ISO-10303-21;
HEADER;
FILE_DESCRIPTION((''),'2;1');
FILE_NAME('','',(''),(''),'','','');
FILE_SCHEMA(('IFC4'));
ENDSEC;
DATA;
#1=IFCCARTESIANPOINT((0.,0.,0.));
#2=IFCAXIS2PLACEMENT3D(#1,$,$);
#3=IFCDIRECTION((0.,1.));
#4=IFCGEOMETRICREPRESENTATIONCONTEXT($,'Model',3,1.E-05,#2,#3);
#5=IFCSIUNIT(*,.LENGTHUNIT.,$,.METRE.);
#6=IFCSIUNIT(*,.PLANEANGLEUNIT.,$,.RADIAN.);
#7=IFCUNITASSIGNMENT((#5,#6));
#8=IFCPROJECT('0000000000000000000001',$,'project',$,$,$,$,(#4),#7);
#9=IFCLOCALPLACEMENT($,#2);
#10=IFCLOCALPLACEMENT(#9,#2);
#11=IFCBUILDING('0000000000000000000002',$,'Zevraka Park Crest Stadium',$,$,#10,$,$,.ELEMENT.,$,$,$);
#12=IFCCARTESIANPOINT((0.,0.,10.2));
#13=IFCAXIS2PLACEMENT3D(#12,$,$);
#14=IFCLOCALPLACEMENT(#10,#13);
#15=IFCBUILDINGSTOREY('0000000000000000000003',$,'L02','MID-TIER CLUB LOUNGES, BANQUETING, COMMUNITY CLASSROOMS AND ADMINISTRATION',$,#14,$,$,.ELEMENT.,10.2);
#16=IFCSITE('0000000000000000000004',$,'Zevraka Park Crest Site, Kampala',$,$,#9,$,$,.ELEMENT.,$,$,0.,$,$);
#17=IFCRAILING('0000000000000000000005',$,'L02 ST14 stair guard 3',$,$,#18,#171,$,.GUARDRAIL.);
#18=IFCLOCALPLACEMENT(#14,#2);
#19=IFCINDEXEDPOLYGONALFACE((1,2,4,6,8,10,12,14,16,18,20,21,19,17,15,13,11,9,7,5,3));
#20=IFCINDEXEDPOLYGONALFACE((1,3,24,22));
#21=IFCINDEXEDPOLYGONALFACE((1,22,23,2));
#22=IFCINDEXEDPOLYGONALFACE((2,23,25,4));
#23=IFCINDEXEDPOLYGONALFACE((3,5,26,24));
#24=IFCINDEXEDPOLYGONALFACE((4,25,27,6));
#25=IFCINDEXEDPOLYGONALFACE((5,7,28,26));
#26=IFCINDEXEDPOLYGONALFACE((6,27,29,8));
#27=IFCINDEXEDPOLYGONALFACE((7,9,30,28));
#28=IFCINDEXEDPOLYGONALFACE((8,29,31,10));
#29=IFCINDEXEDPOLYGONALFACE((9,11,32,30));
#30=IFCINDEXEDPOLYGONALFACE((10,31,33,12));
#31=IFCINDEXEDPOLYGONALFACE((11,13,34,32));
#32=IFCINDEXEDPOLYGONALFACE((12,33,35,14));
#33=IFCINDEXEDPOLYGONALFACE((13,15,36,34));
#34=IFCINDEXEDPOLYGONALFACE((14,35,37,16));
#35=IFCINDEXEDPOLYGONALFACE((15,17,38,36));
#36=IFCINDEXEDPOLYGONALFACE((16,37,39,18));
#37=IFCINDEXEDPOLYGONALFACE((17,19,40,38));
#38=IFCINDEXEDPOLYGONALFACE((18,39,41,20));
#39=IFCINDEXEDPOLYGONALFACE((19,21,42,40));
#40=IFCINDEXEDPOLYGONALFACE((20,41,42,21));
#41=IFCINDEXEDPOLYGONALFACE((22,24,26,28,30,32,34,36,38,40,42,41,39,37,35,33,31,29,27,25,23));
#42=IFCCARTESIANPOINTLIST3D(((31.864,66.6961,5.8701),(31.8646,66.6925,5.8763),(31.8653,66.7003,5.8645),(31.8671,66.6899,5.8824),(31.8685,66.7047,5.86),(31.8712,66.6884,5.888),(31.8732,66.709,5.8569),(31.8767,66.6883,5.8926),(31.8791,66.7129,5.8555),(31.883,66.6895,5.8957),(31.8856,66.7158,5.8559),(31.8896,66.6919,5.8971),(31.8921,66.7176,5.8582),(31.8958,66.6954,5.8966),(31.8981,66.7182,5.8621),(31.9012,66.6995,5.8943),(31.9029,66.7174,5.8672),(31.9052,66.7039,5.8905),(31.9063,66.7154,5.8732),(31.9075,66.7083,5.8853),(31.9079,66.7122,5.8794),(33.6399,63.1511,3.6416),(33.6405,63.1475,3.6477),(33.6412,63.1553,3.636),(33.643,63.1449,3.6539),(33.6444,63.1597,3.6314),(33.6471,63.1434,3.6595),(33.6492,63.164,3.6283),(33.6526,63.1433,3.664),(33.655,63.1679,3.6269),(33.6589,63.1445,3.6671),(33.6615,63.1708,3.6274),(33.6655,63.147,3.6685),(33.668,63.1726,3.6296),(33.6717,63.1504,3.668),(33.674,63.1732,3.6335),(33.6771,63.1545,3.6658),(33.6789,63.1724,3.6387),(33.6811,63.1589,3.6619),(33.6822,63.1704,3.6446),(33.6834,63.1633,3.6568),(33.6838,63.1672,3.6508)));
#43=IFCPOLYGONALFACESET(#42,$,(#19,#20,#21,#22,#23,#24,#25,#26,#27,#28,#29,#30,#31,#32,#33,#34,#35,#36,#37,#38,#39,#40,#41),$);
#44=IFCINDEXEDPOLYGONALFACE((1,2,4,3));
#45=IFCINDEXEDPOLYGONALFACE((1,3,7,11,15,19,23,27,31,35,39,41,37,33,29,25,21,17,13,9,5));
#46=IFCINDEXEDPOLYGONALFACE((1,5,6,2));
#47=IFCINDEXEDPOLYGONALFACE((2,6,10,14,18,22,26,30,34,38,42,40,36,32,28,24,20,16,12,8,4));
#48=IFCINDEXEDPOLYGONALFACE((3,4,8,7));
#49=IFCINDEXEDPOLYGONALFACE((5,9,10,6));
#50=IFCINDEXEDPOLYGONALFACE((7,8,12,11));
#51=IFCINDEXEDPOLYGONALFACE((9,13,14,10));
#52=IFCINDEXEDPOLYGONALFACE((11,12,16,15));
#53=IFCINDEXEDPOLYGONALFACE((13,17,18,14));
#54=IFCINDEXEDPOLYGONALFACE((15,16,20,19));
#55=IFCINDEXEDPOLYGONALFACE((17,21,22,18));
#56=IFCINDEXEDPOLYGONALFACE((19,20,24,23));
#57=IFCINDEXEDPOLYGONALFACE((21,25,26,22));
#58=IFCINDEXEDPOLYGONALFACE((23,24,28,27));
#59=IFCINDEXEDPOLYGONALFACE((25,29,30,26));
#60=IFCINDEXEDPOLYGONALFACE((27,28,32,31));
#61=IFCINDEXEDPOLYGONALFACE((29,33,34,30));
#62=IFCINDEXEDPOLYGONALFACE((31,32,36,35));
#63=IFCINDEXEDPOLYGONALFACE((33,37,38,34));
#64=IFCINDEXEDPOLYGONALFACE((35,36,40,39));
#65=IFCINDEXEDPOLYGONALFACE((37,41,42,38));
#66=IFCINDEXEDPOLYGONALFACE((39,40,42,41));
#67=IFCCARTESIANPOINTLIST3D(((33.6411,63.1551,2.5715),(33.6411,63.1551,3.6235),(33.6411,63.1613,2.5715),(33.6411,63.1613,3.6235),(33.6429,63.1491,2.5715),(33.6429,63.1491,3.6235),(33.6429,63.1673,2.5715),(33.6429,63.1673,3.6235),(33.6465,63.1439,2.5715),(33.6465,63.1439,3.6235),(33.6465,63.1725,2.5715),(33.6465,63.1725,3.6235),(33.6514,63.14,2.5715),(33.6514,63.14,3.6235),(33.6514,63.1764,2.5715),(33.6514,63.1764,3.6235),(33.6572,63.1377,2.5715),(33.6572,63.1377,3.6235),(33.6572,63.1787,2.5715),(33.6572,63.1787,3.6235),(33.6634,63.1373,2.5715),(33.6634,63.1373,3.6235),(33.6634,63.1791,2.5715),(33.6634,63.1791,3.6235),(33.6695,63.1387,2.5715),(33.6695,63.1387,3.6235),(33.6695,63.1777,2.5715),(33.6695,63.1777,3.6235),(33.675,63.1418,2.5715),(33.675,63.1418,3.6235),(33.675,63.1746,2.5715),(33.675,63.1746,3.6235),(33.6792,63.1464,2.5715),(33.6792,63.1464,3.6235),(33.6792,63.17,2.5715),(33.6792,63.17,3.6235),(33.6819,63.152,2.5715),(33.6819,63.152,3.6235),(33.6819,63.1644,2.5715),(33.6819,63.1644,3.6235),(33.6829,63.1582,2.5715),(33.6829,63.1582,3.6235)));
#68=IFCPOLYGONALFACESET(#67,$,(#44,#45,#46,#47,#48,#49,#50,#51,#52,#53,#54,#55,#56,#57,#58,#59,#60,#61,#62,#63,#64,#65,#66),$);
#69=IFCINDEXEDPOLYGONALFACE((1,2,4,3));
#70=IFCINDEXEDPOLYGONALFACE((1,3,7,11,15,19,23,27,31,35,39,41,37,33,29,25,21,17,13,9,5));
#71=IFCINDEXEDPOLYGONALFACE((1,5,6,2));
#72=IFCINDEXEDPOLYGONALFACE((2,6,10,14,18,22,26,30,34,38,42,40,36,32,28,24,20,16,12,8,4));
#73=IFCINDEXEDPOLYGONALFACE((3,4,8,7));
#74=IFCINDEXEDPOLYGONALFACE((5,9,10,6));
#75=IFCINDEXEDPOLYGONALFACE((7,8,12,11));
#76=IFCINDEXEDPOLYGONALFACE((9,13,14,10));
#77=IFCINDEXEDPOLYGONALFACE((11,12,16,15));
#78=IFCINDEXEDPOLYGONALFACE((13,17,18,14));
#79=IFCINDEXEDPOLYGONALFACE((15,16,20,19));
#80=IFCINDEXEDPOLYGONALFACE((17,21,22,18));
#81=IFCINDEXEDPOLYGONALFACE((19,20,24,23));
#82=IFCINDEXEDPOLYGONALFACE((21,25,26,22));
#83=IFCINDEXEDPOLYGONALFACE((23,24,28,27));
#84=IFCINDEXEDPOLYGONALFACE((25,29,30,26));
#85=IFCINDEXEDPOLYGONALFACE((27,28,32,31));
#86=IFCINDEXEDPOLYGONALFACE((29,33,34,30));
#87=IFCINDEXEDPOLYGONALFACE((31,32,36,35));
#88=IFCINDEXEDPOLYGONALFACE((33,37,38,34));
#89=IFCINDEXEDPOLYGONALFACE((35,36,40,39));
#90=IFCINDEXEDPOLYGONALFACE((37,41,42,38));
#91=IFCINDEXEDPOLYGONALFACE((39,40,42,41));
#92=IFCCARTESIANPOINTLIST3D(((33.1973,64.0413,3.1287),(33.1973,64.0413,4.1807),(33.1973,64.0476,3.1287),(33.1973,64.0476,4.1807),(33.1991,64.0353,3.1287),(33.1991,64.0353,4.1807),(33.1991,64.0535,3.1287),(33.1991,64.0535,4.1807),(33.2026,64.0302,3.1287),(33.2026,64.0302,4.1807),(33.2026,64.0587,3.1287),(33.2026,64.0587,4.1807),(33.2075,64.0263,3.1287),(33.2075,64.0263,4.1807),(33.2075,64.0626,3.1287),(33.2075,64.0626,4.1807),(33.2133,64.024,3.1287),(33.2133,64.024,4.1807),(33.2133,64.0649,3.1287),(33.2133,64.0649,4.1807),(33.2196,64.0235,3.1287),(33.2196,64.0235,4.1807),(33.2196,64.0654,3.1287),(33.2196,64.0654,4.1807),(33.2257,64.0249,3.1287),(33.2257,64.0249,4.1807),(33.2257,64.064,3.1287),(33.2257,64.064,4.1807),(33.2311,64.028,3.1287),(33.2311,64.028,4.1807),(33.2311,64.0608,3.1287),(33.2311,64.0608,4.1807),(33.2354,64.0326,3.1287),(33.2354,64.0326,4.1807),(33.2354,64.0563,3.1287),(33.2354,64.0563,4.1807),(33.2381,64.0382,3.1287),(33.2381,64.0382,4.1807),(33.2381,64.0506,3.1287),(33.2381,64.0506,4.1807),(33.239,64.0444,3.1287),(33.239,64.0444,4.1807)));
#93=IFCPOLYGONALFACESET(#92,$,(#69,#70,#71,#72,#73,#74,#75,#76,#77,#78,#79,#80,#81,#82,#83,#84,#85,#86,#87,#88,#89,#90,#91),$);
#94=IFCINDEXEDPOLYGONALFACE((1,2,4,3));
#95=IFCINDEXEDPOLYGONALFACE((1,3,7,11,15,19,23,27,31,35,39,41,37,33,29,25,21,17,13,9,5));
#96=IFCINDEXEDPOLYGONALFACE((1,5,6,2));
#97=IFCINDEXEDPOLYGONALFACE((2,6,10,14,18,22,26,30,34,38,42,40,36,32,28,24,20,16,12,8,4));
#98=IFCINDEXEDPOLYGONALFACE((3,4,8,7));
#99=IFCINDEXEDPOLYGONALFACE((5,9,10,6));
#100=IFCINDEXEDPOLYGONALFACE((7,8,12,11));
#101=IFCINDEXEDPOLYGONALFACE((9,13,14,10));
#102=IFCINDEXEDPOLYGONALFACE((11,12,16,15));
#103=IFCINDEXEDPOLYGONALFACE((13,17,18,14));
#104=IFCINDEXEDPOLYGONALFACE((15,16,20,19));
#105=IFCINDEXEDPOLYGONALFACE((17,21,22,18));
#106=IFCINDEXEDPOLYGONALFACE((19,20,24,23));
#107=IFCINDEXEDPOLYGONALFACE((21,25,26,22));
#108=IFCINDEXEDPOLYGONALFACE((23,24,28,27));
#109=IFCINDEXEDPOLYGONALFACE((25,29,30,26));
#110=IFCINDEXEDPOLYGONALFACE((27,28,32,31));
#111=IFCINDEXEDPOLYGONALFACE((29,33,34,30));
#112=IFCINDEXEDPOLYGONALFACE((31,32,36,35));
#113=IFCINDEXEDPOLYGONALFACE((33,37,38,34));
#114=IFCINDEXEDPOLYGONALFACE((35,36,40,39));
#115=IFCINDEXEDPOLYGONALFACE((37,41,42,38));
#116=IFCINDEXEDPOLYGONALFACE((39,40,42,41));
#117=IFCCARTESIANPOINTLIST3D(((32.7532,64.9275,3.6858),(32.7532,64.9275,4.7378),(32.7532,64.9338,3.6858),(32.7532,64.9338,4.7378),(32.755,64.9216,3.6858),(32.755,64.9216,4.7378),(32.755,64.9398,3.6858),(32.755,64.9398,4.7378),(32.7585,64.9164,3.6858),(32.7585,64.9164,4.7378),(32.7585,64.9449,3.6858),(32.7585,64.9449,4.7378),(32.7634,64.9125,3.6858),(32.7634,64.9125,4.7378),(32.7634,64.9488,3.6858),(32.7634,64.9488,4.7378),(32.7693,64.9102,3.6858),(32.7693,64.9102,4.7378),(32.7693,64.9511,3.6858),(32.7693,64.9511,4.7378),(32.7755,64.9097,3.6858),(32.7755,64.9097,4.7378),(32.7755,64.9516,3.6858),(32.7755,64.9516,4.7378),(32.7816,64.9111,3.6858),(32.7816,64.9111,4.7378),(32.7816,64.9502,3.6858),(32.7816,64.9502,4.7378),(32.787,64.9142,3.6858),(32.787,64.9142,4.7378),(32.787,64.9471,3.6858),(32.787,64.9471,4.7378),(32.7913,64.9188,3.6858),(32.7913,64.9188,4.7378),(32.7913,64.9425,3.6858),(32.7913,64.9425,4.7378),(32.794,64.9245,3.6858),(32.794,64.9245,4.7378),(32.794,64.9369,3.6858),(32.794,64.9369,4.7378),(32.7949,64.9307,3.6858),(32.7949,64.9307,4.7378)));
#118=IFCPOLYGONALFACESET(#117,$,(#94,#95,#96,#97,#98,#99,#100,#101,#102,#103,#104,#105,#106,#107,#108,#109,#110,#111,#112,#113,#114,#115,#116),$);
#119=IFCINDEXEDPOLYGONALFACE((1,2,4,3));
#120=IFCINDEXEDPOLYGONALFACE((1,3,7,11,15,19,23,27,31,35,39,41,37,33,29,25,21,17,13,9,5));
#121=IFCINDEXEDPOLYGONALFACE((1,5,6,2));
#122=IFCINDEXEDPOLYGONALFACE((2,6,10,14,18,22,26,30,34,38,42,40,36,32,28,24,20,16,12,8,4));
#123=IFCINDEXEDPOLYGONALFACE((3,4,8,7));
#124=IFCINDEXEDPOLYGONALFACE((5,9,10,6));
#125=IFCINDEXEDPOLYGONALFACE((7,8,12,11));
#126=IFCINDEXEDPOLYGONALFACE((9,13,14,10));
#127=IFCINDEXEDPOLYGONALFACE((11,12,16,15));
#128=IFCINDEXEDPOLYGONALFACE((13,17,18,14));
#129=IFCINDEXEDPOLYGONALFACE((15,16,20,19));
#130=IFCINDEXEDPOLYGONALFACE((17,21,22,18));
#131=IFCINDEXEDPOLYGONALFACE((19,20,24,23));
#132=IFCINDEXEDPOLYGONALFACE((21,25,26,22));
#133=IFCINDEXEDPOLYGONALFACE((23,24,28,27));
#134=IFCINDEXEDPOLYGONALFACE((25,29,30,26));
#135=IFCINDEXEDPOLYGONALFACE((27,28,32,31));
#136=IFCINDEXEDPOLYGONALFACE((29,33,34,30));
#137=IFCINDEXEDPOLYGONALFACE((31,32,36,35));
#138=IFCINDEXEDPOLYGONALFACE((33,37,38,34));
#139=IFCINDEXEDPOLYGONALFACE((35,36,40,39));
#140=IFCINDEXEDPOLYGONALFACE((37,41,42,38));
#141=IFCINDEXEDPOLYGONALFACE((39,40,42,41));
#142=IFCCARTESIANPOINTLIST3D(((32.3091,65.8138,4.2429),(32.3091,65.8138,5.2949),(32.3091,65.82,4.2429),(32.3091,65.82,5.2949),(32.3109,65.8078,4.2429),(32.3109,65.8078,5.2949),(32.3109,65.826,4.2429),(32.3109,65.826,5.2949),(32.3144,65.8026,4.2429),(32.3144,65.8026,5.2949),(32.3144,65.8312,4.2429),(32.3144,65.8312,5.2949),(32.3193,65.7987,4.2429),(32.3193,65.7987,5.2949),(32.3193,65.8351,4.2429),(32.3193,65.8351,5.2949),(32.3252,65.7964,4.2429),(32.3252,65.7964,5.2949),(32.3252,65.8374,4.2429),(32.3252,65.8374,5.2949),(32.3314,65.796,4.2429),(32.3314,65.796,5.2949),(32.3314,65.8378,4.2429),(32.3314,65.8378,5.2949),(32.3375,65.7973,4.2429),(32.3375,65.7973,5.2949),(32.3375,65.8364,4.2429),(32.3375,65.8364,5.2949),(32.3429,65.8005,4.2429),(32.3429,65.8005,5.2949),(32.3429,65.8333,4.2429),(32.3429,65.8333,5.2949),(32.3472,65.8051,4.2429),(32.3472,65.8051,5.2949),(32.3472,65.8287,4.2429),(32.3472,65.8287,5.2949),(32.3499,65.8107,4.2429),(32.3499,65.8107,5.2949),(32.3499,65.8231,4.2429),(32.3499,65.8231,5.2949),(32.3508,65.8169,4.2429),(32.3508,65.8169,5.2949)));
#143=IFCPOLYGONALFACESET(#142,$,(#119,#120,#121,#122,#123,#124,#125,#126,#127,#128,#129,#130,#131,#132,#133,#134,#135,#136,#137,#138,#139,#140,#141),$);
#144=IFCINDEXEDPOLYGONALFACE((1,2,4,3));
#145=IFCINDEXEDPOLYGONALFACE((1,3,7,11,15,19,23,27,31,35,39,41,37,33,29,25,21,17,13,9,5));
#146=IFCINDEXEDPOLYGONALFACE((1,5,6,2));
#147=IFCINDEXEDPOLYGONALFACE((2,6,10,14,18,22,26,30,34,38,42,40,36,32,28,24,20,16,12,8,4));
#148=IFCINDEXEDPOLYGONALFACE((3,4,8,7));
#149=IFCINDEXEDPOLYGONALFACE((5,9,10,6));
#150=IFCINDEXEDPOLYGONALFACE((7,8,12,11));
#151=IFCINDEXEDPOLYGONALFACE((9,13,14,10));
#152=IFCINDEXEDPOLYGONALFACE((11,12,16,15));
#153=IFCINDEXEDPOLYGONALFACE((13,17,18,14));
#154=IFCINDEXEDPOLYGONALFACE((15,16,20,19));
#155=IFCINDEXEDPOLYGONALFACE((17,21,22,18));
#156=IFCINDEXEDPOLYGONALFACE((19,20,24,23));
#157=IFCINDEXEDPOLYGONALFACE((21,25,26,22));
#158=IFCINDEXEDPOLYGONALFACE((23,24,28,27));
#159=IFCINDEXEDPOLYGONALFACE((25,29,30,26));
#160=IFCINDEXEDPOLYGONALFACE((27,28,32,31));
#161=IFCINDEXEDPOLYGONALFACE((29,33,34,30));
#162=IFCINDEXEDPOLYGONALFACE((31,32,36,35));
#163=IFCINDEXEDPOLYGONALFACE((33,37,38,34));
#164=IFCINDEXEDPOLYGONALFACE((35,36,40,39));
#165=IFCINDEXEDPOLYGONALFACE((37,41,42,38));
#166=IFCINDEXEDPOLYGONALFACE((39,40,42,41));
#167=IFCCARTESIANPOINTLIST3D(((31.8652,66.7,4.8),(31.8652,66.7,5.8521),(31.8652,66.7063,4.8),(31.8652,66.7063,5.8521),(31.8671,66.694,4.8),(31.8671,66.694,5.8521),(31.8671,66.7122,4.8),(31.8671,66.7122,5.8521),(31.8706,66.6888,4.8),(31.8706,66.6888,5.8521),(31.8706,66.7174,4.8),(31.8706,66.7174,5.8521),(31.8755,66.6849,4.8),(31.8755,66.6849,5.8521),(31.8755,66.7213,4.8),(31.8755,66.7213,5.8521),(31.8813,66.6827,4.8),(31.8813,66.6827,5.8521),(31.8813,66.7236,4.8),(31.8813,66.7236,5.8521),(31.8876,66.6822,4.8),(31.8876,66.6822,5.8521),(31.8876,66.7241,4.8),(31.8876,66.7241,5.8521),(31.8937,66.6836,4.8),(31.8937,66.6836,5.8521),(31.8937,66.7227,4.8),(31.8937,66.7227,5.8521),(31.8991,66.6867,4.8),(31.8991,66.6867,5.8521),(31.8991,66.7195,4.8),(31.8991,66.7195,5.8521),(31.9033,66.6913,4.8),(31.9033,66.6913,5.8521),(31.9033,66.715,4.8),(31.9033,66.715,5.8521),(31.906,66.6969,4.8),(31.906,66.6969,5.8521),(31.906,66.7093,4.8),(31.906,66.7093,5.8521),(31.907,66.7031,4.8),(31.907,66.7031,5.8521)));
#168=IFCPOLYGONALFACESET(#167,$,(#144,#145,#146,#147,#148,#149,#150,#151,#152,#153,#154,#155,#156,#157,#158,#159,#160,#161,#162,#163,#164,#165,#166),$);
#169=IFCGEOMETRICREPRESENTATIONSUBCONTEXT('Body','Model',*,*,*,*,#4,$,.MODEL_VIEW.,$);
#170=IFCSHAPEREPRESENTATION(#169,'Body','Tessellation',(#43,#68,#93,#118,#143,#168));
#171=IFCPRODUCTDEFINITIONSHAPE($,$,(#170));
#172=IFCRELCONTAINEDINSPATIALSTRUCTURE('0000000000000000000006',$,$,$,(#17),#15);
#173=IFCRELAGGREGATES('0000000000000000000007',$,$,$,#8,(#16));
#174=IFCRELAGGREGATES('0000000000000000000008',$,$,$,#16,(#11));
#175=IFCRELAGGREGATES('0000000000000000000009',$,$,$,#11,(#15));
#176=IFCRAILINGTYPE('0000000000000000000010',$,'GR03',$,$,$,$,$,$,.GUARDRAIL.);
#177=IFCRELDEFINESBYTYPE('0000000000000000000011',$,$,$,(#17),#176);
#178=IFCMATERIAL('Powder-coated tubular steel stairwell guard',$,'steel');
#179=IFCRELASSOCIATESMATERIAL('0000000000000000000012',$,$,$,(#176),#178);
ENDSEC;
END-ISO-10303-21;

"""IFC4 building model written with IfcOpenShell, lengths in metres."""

from ifc_helpers import new_model, si_unit, direction, frame, origin, origin_2d, place, context, subcontext, project, spatial, circle, extrude, material, type_object, element, save


model = new_model("IFC4")

# Units and contexts
model_context = context("Model", 3, precision=1e-05, world=origin(), true_north=direction((0.0, 1.0)))
body_context = subcontext(model_context, "Body", "Model", "MODEL_VIEW")
ifc_project = project(units=[si_unit("LENGTHUNIT", "METRE"), si_unit("PLANEANGLEUNIT", "RADIAN")], contexts=[model_context])

# Site, building, storey
site_placement = place(None, origin())
site = spatial("IfcSite", under=ifc_project, at=site_placement, Name="Zevraka Park Crest Site, Kampala", CompositionType="ELEMENT", RefElevation=0.0)
building_placement = place(site_placement, origin())
building = spatial("IfcBuilding", under=site, at=building_placement, Name="Zevraka Park Crest Stadium", CompositionType="ELEMENT")
storey_placement = place(building_placement, frame((0.0, 0.0, 10.2)))
storey = spatial("IfcBuildingStorey", under=building, at=storey_placement, Name="L02", Description="MID-TIER CLUB LOUNGES, BANQUETING, COMMUNITY CLASSROOMS AND ADMINISTRATION", CompositionType="ELEMENT", Elevation=10.2)

# Railing
ifc_material_1 = material(Name="Powder-coated tubular steel stairwell guard", Category="steel")
railing_type_1 = type_object("IfcRailingType", Name="GR03", PredefinedType="GUARDRAIL", material=ifc_material_1)
railing_1_placement = place(storey_placement, frame((33.6619, 63.1582, 2.5715)))
element("IfcRailing", 1, at=railing_1_placement, inside=storey, type_object=railing_type_1, Name="L02 ST14 stair guard 3", PredefinedType="GUARDRAIL", context=body_context, shape_type="SweptSolid", body=[
    extrude(circle(Radius=0.0239, at=origin_2d()), frame((0.0, 0.0, 1.0762), z_axis=(-0.390454, 0.779405, 0.489973), x_axis=(-0.894082, -0.447903, 0.0)), (0.0, 0.0, 1.0), 4.5483),
    extrude(circle(Radius=0.021, at=origin_2d()), origin(), (0.0, 0.0, 1.0), 1.052),
    extrude(circle(Radius=0.021, at=origin_2d()), frame((-0.4438, 0.8862, 0.5571)), (0.0, 0.0, 1.0), 1.052),
    extrude(circle(Radius=0.021, at=origin_2d()), frame((-0.8879, 1.7725, 1.1143)), (0.0, 0.0, 1.0), 1.052),
    extrude(circle(Radius=0.021, at=origin_2d()), frame((-1.332, 2.6587, 1.6714)), (0.0, 0.0, 1.0), 1.052),
    extrude(circle(Radius=0.021, at=origin_2d()), frame((-1.7759, 3.5449, 2.2285)), (0.0, 0.0, 1.0), 1.052),
])

save(model, "model.ifc")
